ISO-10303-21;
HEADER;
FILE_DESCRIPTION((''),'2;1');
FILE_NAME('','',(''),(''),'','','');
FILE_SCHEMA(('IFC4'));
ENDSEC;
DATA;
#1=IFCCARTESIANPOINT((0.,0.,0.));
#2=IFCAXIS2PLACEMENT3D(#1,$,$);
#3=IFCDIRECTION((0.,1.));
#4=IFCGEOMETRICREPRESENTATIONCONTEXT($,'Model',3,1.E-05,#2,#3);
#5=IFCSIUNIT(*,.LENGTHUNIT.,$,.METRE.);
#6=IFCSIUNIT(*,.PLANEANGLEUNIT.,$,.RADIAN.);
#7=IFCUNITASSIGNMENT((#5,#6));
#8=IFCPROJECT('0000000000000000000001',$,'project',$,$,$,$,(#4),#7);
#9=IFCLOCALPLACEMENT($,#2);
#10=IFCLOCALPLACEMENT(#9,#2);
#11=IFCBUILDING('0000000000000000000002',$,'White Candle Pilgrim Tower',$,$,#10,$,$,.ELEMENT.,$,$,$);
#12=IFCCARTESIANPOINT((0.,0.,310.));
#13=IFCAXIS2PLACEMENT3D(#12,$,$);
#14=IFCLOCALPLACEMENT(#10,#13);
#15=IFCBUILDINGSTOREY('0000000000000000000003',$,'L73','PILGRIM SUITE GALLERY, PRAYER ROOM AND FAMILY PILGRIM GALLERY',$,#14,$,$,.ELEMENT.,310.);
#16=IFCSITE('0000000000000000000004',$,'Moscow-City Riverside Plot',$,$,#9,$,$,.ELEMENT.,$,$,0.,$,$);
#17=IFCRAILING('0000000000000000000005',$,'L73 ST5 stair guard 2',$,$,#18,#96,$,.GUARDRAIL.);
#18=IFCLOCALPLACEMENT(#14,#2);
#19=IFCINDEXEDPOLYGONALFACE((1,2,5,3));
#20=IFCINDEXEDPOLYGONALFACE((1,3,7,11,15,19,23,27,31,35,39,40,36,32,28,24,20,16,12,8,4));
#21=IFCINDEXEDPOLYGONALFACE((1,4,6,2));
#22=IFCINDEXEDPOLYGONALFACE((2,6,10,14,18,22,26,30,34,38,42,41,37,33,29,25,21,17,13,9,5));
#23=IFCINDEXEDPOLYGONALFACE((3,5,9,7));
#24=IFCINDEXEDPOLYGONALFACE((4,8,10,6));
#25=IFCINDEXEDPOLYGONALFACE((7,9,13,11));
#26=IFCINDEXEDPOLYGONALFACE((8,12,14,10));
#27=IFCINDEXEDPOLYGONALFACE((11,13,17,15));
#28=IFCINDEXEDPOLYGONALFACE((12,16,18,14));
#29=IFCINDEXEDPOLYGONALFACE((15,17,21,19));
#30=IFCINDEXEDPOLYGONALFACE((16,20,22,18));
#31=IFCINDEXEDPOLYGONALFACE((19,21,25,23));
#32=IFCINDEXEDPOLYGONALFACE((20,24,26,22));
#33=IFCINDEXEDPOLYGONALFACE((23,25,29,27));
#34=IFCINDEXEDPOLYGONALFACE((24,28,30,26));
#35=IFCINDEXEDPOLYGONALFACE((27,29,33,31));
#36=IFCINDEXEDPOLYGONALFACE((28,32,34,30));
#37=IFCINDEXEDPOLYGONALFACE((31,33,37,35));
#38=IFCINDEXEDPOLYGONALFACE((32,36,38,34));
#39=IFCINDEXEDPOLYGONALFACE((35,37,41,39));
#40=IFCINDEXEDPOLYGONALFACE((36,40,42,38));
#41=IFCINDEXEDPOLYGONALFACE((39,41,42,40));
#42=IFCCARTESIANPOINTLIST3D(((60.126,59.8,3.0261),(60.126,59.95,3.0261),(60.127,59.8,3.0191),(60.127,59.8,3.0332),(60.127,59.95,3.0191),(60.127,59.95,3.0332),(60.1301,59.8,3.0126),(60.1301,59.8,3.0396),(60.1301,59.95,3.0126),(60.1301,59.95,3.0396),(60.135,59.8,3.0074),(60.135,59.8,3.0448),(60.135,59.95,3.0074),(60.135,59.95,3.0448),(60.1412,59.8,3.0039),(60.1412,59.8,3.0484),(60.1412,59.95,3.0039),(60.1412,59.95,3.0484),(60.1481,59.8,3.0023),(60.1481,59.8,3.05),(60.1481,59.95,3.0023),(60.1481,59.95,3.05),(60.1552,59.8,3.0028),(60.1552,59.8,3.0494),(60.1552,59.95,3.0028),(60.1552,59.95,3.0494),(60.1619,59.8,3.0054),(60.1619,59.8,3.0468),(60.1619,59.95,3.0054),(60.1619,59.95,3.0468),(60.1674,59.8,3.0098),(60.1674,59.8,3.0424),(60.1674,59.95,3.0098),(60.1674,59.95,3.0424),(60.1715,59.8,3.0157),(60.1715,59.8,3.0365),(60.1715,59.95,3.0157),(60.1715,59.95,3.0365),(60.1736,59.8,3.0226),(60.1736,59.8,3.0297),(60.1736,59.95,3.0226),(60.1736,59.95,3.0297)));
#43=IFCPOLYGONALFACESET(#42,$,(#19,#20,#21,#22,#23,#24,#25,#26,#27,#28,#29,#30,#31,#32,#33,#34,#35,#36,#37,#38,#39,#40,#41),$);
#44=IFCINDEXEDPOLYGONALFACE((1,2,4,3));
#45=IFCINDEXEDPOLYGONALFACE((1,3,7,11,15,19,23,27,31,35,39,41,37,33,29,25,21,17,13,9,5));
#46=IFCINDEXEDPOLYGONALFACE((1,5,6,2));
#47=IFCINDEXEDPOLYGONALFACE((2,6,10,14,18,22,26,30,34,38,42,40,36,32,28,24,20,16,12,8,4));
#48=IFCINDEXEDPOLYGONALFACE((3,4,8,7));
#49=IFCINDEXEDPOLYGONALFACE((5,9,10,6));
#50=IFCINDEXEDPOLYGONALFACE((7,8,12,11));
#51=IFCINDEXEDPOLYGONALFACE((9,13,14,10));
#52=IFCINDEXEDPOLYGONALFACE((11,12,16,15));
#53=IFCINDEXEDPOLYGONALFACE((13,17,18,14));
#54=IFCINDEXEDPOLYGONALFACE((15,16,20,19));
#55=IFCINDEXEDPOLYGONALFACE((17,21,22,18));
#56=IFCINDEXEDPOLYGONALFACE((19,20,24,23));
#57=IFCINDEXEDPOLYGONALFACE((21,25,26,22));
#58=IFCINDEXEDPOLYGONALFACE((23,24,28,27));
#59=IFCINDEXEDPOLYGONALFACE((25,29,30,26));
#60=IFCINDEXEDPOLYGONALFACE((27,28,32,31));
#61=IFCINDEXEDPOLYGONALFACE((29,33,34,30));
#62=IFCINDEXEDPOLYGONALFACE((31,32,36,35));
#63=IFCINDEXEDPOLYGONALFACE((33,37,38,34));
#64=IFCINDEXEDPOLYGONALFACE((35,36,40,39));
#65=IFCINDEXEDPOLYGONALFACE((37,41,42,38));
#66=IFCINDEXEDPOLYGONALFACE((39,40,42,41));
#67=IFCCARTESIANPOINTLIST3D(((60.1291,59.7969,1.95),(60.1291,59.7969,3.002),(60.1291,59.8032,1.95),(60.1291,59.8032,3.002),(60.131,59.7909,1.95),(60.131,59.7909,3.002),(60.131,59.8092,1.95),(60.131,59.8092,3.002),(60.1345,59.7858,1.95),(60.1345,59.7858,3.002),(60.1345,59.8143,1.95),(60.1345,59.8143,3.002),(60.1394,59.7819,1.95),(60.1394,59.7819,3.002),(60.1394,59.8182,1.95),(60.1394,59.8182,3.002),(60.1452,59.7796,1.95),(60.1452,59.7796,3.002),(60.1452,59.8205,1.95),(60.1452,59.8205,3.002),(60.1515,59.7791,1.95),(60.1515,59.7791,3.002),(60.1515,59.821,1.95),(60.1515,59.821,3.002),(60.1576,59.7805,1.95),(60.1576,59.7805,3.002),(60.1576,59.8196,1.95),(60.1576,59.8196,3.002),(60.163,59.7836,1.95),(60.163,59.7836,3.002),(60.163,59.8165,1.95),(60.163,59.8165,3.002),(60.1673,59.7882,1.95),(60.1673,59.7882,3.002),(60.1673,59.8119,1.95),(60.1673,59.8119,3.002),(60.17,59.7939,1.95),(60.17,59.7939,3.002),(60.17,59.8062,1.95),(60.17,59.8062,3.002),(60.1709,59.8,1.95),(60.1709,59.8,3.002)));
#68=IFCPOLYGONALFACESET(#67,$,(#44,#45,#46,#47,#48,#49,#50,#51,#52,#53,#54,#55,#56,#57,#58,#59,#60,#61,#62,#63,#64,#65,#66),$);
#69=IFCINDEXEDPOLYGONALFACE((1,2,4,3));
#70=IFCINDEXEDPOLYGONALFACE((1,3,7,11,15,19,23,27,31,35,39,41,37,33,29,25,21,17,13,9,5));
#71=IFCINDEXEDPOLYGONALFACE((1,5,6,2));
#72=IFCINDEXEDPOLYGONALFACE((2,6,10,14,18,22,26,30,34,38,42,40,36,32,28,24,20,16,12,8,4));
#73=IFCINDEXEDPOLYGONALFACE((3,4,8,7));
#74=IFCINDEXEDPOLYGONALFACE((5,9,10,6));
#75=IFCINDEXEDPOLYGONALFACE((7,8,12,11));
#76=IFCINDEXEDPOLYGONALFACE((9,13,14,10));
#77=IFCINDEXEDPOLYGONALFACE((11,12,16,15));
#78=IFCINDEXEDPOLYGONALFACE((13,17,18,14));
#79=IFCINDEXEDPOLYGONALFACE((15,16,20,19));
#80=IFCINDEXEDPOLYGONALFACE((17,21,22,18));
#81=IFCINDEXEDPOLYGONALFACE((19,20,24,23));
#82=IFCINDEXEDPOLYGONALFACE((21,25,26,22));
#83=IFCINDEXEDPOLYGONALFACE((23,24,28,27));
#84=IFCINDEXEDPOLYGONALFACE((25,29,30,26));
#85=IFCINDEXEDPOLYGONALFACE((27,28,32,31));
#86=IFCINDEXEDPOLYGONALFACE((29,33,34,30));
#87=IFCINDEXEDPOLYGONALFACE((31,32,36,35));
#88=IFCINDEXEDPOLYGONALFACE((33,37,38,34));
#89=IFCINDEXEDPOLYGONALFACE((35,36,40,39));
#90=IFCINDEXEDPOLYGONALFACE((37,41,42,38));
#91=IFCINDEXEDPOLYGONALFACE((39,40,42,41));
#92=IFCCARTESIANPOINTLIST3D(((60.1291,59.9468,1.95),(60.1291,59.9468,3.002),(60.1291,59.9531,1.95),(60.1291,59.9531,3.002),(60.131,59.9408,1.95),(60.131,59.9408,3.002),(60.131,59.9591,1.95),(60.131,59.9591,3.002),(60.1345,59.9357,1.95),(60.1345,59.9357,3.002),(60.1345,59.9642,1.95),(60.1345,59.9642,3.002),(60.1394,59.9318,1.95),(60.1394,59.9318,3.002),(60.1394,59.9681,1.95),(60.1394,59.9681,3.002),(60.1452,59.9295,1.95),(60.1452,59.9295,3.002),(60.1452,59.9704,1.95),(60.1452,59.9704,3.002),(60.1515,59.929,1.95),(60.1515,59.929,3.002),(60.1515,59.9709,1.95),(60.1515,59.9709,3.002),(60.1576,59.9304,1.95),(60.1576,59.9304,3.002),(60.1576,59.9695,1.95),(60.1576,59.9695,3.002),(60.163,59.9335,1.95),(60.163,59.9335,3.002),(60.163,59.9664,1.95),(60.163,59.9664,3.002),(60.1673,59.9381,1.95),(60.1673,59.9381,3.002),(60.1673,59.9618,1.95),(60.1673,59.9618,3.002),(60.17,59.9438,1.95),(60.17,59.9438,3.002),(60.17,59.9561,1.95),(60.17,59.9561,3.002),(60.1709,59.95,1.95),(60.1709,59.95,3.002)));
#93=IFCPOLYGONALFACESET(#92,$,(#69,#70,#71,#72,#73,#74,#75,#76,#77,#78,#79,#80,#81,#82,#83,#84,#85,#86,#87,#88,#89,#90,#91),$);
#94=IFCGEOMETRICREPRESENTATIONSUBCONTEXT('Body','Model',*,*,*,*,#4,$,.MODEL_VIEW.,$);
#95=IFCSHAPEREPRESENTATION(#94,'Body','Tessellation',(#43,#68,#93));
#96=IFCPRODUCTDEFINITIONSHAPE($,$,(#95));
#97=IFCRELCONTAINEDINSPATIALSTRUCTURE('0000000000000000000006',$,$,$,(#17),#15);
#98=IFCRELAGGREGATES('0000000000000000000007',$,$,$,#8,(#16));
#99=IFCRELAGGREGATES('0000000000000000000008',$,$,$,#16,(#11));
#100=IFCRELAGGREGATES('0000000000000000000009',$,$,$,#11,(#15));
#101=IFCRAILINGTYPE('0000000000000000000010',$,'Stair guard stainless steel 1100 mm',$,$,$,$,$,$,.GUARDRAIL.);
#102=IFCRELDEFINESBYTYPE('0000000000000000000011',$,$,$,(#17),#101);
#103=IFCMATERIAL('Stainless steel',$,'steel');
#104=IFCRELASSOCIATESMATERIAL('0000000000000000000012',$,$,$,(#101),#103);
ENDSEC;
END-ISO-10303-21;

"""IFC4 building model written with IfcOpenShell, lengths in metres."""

from ifc_helpers import new_model, si_unit, direction, frame, origin, origin_2d, place, context, subcontext, project, spatial, circle, extrude, material, type_object, element, save


model = new_model("IFC4")

# Units and contexts
model_context = context("Model", 3, precision=1e-05, world=origin(), true_north=direction((0.0, 1.0)))
body_context = subcontext(model_context, "Body", "Model", "MODEL_VIEW")
ifc_project = project(units=[si_unit("LENGTHUNIT", "METRE"), si_unit("PLANEANGLEUNIT", "RADIAN")], contexts=[model_context])

# Site, building, storey
site_placement = place(None, origin())
site = spatial("IfcSite", under=ifc_project, at=site_placement, Name="Moscow-City Riverside Plot", CompositionType="ELEMENT", RefElevation=0.0)
building_placement = place(site_placement, origin())
building = spatial("IfcBuilding", under=site, at=building_placement, Name="White Candle Pilgrim Tower", CompositionType="ELEMENT")
storey_placement = place(building_placement, frame((0.0, 0.0, 310.0)))
storey = spatial("IfcBuildingStorey", under=building, at=storey_placement, Name="L73", Description="PILGRIM SUITE GALLERY, PRAYER ROOM AND FAMILY PILGRIM GALLERY", CompositionType="ELEMENT", Elevation=310.0)

# Railing
ifc_material_1 = material(Name="Stainless steel", Category="steel")
railing_type_1 = type_object("IfcRailingType", Name="Stair guard stainless steel 1100 mm", PredefinedType="GUARDRAIL", material=ifc_material_1)
railing_1_placement = place(storey_placement, frame((60.1499, 59.8, 1.95)))
element("IfcRailing", 1, at=railing_1_placement, inside=storey, type_object=railing_type_1, Name="L73 ST5 stair guard 2", PredefinedType="GUARDRAIL", context=body_context, shape_type="SweptSolid", body=[
    extrude(circle(Radius=0.0239, at=origin_2d()), frame((0.0, 0.0, 1.0762), z_axis=(0.0, 1.0, 0.0), x_axis=(-1.0, 0.0, 0.0)), (0.0, 0.0, 1.0), 0.1499),
    extrude(circle(Radius=0.021, at=origin_2d()), origin(), (0.0, 0.0, 1.0), 1.052),
    extrude(circle(Radius=0.021, at=origin_2d()), frame((0.0, 0.1499, 0.0)), (0.0, 0.0, 1.0), 1.052),
])

save(model, "model.ifc")
